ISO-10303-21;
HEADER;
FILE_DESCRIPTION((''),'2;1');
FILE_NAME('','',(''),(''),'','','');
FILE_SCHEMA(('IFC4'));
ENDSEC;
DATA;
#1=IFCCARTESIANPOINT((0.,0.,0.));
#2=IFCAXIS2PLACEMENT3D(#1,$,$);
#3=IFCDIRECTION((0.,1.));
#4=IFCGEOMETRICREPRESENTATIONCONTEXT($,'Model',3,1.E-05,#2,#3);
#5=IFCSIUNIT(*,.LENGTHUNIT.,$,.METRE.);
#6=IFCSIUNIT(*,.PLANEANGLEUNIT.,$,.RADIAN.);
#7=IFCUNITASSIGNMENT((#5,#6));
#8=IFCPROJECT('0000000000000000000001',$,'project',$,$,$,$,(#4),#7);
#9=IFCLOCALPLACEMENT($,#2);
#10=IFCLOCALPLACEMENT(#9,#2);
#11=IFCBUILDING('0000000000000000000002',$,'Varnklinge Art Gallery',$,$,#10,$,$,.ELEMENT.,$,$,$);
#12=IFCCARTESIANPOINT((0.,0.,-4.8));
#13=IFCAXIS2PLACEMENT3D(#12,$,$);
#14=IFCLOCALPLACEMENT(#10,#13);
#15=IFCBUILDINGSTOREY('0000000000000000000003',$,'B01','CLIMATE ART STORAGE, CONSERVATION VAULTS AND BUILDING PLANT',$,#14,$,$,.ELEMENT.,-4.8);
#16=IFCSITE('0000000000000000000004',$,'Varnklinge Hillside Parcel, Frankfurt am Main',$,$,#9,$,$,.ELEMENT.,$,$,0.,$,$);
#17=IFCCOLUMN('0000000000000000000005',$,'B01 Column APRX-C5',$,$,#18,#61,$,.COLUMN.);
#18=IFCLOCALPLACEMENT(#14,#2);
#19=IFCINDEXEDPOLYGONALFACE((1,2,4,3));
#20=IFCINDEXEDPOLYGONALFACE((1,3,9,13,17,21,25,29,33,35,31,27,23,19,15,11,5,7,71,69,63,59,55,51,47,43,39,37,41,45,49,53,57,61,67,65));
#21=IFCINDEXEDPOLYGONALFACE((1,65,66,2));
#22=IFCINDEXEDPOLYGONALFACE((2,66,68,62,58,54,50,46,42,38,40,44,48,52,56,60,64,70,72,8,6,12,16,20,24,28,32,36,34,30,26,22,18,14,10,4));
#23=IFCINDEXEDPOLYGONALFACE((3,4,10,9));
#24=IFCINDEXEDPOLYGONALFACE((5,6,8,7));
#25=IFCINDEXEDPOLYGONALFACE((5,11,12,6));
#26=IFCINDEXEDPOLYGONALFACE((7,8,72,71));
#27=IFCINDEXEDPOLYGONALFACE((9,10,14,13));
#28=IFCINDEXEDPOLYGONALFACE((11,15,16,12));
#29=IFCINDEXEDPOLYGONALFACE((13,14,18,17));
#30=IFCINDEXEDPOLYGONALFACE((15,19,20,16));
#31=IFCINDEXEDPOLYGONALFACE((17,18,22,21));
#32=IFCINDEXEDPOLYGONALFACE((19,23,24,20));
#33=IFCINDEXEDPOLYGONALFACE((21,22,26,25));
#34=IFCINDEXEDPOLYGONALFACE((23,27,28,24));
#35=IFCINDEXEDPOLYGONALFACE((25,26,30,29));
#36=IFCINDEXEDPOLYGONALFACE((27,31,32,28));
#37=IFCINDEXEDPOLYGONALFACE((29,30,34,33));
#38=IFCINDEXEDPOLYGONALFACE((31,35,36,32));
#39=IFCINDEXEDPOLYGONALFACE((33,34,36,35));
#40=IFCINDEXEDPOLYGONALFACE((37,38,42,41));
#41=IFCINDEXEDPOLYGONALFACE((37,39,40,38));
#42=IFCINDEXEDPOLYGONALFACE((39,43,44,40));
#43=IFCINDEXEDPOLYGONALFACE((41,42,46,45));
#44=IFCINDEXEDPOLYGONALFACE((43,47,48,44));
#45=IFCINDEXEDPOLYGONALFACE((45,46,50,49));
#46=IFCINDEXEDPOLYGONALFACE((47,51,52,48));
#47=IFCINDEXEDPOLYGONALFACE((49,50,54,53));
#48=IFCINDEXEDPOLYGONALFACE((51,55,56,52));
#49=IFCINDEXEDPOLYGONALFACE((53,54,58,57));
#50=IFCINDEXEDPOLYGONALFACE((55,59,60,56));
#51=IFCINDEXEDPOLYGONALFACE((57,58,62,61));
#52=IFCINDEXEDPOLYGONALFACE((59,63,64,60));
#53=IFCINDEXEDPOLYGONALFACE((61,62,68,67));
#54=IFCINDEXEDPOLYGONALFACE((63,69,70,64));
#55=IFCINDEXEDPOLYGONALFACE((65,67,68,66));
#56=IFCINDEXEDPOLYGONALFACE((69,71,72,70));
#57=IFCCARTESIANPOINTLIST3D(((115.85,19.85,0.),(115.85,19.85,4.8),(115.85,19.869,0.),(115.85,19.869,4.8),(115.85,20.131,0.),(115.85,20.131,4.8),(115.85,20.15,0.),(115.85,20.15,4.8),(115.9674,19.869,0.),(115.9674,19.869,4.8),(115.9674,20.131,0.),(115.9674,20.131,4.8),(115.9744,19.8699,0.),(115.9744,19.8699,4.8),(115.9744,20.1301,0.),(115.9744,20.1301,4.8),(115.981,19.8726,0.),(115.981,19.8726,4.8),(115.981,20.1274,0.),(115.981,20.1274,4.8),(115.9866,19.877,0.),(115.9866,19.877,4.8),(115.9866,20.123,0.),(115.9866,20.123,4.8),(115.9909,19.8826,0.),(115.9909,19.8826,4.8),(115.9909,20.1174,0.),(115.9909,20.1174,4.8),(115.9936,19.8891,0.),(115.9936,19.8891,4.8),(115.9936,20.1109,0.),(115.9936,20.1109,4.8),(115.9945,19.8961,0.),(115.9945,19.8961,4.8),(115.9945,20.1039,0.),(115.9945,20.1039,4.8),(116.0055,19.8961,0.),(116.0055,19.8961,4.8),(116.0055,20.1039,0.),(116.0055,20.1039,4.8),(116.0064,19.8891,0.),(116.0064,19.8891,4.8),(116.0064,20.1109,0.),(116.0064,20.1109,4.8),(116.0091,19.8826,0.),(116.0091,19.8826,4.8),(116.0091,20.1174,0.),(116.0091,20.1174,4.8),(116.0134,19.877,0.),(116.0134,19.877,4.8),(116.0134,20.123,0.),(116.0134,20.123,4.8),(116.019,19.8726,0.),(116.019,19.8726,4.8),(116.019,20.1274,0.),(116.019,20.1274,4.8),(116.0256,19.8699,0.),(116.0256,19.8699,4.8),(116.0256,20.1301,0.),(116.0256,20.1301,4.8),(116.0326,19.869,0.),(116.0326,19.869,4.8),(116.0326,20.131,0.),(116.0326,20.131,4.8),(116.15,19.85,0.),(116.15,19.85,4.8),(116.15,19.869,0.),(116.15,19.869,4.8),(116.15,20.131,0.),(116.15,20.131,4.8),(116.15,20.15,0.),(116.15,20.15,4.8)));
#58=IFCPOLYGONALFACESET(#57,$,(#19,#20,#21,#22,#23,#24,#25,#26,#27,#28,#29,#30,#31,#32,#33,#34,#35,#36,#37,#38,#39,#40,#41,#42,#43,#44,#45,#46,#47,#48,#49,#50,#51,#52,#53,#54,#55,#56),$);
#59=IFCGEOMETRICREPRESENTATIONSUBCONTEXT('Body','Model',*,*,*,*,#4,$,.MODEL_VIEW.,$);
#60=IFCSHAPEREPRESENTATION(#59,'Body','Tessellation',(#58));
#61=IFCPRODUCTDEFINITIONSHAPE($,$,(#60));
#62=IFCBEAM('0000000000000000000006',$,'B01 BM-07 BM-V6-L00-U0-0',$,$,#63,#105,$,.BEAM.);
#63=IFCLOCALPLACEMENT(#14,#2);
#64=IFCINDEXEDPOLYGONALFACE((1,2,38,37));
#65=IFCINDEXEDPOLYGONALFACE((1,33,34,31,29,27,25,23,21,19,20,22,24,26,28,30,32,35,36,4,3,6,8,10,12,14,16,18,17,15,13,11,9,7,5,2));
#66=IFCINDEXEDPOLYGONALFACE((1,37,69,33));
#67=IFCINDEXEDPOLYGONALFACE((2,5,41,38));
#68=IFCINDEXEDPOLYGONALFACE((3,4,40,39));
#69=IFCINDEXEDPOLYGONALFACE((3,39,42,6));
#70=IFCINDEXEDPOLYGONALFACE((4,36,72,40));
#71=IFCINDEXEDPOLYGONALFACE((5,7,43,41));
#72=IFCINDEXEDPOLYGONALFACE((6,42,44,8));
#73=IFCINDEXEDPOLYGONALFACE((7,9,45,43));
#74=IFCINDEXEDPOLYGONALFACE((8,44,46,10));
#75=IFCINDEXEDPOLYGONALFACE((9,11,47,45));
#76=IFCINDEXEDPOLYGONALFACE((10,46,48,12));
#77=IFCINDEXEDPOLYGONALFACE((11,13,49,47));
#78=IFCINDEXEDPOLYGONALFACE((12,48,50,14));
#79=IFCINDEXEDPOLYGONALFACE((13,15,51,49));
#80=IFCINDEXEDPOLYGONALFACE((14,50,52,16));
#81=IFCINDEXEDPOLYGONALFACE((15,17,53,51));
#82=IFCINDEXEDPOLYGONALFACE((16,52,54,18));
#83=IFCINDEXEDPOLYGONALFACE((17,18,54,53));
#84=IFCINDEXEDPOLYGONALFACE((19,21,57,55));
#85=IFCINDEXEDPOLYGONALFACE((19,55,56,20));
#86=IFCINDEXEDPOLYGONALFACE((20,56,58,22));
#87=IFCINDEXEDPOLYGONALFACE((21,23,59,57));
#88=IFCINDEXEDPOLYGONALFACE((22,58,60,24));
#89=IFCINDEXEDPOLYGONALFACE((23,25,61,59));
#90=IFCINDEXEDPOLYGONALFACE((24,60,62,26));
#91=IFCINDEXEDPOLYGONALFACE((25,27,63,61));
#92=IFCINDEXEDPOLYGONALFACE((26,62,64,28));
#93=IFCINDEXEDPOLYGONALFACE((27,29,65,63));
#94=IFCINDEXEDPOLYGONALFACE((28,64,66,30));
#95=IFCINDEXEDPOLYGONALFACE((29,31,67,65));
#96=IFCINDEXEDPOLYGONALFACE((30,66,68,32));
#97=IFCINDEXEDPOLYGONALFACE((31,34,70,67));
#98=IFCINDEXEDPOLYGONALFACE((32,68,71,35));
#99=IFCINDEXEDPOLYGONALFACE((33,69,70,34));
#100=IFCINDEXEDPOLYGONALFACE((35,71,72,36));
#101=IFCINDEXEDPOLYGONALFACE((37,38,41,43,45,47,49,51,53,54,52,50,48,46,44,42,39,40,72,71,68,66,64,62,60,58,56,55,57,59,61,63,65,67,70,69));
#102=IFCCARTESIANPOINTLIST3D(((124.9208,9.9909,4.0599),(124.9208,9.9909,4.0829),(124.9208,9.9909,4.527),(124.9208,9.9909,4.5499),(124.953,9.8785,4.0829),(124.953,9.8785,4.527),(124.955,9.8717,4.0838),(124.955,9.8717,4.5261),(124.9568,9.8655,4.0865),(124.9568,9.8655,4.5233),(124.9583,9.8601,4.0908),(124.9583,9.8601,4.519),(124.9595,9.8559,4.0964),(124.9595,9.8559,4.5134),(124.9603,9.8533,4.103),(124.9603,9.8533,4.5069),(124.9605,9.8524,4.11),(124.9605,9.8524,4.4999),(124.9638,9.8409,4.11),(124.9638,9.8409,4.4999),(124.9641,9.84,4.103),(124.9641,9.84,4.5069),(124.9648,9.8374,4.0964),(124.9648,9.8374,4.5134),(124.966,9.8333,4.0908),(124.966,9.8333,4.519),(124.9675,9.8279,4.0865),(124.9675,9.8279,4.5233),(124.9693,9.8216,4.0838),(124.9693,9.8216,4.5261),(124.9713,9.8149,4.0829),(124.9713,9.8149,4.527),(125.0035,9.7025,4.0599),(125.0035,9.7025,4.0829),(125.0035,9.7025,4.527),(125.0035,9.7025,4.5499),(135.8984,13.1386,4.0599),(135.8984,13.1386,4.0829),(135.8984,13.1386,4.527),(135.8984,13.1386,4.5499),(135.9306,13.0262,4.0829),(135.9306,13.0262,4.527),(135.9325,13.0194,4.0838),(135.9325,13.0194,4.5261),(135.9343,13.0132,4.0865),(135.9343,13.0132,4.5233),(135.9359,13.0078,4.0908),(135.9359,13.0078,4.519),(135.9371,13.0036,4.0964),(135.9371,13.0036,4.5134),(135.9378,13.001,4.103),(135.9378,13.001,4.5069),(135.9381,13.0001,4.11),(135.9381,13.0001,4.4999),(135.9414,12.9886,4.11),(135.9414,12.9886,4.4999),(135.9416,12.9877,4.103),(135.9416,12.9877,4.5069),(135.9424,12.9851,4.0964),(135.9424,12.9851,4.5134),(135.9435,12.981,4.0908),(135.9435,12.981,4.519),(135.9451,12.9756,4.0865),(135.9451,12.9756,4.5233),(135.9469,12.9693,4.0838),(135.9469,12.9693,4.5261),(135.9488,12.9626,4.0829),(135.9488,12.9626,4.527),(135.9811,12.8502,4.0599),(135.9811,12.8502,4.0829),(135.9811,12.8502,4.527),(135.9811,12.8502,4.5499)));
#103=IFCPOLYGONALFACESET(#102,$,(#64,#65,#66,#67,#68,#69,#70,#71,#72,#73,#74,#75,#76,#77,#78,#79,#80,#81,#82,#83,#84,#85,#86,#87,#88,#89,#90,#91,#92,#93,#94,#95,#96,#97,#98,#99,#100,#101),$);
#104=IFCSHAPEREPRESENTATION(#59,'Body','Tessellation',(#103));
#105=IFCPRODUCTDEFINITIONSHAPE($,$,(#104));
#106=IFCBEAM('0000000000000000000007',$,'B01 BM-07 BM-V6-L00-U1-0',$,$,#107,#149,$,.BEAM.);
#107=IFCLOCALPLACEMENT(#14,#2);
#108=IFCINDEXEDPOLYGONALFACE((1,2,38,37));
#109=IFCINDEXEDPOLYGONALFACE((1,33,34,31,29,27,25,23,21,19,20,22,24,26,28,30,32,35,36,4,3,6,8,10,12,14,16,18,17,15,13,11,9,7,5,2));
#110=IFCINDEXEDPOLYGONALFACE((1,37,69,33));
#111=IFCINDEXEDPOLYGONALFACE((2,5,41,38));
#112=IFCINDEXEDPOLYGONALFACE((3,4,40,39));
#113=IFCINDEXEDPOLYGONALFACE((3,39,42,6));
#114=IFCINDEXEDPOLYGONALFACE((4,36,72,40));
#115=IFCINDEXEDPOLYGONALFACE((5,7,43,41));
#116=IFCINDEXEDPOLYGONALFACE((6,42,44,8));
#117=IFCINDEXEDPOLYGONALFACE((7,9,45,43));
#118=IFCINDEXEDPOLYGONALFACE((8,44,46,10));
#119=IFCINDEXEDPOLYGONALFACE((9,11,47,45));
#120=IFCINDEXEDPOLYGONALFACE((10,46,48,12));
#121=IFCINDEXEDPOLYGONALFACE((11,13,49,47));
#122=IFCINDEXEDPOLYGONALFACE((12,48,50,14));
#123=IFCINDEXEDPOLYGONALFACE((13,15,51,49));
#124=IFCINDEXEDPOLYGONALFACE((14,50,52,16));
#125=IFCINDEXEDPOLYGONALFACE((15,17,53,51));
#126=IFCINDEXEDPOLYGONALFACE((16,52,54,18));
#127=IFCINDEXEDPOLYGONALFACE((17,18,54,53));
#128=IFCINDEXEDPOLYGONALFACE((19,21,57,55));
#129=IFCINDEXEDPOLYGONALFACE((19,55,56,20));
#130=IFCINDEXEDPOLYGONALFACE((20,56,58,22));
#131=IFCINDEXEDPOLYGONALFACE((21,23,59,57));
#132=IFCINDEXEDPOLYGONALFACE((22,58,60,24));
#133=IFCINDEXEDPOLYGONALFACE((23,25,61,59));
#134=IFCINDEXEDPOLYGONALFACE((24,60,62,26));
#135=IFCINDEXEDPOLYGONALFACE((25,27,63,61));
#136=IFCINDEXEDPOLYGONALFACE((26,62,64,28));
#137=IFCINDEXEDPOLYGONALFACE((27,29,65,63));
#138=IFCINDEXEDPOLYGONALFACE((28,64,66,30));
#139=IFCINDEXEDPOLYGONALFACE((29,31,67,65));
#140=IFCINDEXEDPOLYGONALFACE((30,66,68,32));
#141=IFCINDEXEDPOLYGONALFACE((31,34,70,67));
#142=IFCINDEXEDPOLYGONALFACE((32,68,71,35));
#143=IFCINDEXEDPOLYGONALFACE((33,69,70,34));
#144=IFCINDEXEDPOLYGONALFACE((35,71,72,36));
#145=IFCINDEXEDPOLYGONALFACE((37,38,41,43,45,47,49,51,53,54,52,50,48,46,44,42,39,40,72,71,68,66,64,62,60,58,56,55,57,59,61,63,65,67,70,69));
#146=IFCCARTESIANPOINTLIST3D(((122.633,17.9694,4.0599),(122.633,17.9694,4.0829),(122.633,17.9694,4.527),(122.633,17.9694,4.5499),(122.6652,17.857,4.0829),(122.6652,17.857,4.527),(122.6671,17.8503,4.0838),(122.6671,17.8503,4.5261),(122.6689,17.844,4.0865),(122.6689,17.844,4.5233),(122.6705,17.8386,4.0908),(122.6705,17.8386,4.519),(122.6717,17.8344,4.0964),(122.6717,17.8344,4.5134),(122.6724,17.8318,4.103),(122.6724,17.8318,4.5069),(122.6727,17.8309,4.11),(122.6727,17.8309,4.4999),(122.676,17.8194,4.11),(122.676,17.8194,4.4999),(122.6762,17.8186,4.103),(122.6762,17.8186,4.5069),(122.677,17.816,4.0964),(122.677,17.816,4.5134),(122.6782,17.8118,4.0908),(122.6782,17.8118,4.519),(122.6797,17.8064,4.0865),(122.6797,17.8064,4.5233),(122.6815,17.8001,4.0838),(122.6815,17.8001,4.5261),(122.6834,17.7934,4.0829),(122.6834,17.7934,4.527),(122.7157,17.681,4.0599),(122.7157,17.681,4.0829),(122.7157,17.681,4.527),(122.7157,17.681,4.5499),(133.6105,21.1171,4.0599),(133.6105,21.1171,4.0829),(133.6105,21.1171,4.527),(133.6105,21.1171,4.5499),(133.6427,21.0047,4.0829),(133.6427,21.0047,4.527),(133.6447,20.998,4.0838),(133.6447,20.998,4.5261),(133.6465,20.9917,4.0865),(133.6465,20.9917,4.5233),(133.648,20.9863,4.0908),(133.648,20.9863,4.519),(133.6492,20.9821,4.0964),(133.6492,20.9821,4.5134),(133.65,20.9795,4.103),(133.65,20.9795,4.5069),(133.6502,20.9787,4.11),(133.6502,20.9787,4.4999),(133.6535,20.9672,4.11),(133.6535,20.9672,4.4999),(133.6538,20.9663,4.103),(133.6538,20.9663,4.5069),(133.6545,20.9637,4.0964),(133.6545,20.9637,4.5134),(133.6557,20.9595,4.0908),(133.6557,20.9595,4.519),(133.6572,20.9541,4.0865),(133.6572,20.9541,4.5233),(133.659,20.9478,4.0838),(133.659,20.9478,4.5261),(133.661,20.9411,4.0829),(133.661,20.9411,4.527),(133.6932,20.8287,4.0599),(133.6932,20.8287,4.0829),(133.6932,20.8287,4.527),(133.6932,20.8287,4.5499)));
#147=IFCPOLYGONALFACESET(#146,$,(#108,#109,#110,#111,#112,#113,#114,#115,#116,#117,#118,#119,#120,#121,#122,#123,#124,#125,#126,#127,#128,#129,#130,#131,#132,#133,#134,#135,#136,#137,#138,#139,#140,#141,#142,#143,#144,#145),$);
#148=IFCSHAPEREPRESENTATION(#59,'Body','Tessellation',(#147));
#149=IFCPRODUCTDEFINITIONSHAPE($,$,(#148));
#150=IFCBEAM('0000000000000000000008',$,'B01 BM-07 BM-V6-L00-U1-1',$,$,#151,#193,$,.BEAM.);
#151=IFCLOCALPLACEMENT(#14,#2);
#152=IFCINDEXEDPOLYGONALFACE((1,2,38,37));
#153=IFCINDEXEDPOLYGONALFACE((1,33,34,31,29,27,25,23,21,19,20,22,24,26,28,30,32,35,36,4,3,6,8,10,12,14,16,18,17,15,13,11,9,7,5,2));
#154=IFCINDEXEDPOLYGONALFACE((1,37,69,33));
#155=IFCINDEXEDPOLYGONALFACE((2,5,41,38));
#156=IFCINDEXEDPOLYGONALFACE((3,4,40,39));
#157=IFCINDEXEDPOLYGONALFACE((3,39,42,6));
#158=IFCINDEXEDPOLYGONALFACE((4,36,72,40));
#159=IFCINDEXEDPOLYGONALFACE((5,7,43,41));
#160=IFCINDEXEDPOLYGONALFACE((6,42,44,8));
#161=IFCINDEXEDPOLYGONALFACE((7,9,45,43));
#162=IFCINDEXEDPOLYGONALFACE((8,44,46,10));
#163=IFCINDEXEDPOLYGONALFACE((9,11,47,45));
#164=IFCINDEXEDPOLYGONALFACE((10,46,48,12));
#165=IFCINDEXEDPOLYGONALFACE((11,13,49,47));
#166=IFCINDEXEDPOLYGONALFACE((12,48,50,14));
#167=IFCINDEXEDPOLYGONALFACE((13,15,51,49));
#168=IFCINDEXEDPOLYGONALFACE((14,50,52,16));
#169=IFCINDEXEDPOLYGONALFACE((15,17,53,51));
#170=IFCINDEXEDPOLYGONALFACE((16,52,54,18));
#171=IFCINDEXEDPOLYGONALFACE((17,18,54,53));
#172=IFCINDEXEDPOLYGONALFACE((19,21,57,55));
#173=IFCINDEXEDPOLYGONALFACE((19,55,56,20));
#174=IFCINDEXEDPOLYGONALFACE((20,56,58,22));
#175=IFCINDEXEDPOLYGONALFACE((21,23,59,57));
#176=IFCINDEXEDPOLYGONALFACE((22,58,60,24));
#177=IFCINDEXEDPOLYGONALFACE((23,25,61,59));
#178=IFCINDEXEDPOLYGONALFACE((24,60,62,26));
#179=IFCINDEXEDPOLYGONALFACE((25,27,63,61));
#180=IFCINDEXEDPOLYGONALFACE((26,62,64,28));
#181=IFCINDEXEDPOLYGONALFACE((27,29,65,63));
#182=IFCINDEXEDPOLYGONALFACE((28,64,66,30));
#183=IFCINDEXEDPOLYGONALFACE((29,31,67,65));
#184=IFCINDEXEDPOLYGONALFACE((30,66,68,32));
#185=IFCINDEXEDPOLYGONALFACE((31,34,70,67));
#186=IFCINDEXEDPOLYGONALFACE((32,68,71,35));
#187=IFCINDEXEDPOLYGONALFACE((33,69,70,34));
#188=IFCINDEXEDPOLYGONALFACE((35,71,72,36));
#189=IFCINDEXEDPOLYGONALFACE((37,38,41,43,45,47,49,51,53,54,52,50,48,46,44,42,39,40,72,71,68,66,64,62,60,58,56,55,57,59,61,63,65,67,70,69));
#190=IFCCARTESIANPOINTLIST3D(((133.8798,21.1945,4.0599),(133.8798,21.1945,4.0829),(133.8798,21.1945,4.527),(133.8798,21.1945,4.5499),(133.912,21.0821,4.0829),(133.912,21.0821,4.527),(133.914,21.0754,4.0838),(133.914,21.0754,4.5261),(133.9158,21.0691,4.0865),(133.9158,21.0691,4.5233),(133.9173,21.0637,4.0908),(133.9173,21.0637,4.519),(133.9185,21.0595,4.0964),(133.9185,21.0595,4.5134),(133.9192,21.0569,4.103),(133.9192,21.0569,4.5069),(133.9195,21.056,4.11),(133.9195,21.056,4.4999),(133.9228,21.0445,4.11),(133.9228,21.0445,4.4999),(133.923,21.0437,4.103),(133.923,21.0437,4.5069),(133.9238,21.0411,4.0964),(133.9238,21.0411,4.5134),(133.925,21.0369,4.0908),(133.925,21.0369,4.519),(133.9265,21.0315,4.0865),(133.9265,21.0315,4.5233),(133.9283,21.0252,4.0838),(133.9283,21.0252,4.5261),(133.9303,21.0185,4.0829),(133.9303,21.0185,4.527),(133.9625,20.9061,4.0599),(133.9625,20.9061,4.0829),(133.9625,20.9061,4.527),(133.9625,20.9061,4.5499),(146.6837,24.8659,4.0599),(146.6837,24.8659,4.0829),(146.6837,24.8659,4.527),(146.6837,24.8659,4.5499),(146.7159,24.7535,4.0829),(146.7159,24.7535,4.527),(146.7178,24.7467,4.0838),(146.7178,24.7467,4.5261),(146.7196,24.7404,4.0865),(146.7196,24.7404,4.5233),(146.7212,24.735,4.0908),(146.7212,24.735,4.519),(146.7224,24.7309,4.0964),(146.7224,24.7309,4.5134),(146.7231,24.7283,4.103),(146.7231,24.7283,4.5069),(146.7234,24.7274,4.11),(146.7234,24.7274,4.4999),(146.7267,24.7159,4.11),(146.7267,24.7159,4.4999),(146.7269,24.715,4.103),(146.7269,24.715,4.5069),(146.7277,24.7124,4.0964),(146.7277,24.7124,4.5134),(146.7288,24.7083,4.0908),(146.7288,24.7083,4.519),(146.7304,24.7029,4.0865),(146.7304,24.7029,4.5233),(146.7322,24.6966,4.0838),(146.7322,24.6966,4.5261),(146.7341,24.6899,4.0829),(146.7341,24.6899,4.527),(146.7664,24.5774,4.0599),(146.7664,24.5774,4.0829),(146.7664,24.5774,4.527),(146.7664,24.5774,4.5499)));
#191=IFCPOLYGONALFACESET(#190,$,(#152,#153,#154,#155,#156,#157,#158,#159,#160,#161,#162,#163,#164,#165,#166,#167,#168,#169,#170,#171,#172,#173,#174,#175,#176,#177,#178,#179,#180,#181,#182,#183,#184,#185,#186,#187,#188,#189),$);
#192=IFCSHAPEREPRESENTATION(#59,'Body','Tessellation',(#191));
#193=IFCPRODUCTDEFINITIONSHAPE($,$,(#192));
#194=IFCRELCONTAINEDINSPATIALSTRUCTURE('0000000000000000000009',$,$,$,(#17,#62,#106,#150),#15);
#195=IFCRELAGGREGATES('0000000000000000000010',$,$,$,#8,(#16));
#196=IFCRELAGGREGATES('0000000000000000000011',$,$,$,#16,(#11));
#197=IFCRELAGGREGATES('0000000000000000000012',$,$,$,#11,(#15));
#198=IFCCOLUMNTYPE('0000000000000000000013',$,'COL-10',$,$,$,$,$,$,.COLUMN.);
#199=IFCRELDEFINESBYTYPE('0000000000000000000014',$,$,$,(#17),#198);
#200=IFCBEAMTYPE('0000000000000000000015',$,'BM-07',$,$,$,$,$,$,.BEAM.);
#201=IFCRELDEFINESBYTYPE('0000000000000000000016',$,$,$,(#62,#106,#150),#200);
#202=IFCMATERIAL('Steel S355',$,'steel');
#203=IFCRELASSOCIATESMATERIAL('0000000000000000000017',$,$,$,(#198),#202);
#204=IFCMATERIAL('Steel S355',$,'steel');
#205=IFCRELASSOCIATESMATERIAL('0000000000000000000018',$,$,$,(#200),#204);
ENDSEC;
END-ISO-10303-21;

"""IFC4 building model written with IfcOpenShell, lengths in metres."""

from ifc_helpers import new_model, si_unit, direction, frame, origin, origin_2d, place, context, subcontext, project, spatial, i_section, extrude, material, material_profile, profile_set, type_object, element, save


model = new_model("IFC4")

# Units and contexts
model_context = context("Model", 3, precision=1e-05, world=origin(), true_north=direction((0.0, 1.0)))
body_context = subcontext(model_context, "Body", "Model", "MODEL_VIEW")
ifc_project = project(units=[si_unit("LENGTHUNIT", "METRE"), si_unit("PLANEANGLEUNIT", "RADIAN")], contexts=[model_context])

# Site, building, storey
site_placement = place(None, origin())
site = spatial("IfcSite", under=ifc_project, at=site_placement, Name="Varnklinge Hillside Parcel, Frankfurt am Main", CompositionType="ELEMENT", RefElevation=0.0)
building_placement = place(site_placement, origin())
building = spatial("IfcBuilding", under=site, at=building_placement, Name="Varnklinge Art Gallery", CompositionType="ELEMENT")
storey_placement = place(building_placement, frame((0.0, 0.0, -4.8)))
storey = spatial("IfcBuildingStorey", under=building, at=storey_placement, Name="B01", Description="CLIMATE ART STORAGE, CONSERVATION VAULTS AND BUILDING PLANT", CompositionType="ELEMENT", Elevation=-4.8)

# Column
ifc_material_1 = material(Name="Steel S355", Category="steel")
ifc_material_profile_1 = material_profile(ifc_material_1, i_section(OverallWidth=0.3, OverallDepth=0.3, WebThickness=0.011, FlangeThickness=0.019, FilletRadius=0.0271, at=origin_2d()), Name="HEB 300")
ifc_profile_set_1 = profile_set([ifc_material_profile_1], Name="Steel S355")
column_type_1 = type_object("IfcColumnType", Name="COL-10", PredefinedType="COLUMN", material=ifc_profile_set_1)
column_placement = place(storey_placement, frame((116.0, 20.0, 0.0), z_axis=(0.0, 0.0, 1.0), x_axis=(1.0, 0.0, 0.0)))
element("IfcColumn", 1, at=column_placement, inside=storey, type_object=column_type_1, Name="B01 Column APRX-C5", PredefinedType="COLUMN", context=body_context, shape_type="SweptSolid", body=[
    extrude(i_section(OverallWidth=0.3, OverallDepth=0.3, WebThickness=0.011, FlangeThickness=0.019, FilletRadius=0.0271, at=origin_2d()), origin(), (0.0, 0.0, 1.0), 4.8),
])

# Beams
ifc_material_2 = material(Name="Steel S355", Category="steel")
ifc_material_profile_2 = material_profile(ifc_material_2, i_section(OverallWidth=0.3, OverallDepth=0.49, WebThickness=0.012, FlangeThickness=0.0229, FilletRadius=0.0271, at=origin_2d()), Name="HEA 500")
ifc_profile_set_2 = profile_set([ifc_material_profile_2], Name="Steel S355")
beam_type_1 = type_object("IfcBeamType", Name="BM-07", PredefinedType="BEAM", material=ifc_profile_set_2)
for number, where, z_axis, x_axis, name in (
    (2, (124.9622, 9.8467, 4.3049), (0.961263, 0.275633, 0.0), (-0.275633, 0.961263, 0.0), "B01 BM-07 BM-V6-L00-U0-0"),
    (3, (122.6743, 17.8252, 4.3049), (0.961263, 0.275633, 0.0), (-0.275633, 0.961263, 0.0), "B01 BM-07 BM-V6-L00-U1-0"),
):
    element("IfcBeam", number, at=place(storey_placement, frame(where, z_axis=z_axis, x_axis=x_axis)), inside=storey, type_object=beam_type_1, Name=name, PredefinedType="BEAM", context=body_context, shape_type="SweptSolid", body=[
        extrude(i_section(OverallWidth=0.3, OverallDepth=0.49, WebThickness=0.012, FlangeThickness=0.0229, FilletRadius=0.0271, at=origin_2d()), origin(), (0.0, 0.0, 1.0), 11.4199),
    ])
beam_1_placement = place(storey_placement, frame((133.9211, 21.0503, 4.3049), z_axis=(0.961263, 0.275631, 0.0), x_axis=(-0.275631, 0.961263, 0.0)))
element("IfcBeam", 4, at=beam_1_placement, inside=storey, type_object=beam_type_1, Name="B01 BM-07 BM-V6-L00-U1-1", PredefinedType="BEAM", context=body_context, shape_type="SweptSolid", body=[
    extrude(i_section(OverallWidth=0.3, OverallDepth=0.49, WebThickness=0.012, FlangeThickness=0.0229, FilletRadius=0.0271, at=origin_2d()), origin(), (0.0, 0.0, 1.0), 13.3198),
])

save(model, "model.ifc")
